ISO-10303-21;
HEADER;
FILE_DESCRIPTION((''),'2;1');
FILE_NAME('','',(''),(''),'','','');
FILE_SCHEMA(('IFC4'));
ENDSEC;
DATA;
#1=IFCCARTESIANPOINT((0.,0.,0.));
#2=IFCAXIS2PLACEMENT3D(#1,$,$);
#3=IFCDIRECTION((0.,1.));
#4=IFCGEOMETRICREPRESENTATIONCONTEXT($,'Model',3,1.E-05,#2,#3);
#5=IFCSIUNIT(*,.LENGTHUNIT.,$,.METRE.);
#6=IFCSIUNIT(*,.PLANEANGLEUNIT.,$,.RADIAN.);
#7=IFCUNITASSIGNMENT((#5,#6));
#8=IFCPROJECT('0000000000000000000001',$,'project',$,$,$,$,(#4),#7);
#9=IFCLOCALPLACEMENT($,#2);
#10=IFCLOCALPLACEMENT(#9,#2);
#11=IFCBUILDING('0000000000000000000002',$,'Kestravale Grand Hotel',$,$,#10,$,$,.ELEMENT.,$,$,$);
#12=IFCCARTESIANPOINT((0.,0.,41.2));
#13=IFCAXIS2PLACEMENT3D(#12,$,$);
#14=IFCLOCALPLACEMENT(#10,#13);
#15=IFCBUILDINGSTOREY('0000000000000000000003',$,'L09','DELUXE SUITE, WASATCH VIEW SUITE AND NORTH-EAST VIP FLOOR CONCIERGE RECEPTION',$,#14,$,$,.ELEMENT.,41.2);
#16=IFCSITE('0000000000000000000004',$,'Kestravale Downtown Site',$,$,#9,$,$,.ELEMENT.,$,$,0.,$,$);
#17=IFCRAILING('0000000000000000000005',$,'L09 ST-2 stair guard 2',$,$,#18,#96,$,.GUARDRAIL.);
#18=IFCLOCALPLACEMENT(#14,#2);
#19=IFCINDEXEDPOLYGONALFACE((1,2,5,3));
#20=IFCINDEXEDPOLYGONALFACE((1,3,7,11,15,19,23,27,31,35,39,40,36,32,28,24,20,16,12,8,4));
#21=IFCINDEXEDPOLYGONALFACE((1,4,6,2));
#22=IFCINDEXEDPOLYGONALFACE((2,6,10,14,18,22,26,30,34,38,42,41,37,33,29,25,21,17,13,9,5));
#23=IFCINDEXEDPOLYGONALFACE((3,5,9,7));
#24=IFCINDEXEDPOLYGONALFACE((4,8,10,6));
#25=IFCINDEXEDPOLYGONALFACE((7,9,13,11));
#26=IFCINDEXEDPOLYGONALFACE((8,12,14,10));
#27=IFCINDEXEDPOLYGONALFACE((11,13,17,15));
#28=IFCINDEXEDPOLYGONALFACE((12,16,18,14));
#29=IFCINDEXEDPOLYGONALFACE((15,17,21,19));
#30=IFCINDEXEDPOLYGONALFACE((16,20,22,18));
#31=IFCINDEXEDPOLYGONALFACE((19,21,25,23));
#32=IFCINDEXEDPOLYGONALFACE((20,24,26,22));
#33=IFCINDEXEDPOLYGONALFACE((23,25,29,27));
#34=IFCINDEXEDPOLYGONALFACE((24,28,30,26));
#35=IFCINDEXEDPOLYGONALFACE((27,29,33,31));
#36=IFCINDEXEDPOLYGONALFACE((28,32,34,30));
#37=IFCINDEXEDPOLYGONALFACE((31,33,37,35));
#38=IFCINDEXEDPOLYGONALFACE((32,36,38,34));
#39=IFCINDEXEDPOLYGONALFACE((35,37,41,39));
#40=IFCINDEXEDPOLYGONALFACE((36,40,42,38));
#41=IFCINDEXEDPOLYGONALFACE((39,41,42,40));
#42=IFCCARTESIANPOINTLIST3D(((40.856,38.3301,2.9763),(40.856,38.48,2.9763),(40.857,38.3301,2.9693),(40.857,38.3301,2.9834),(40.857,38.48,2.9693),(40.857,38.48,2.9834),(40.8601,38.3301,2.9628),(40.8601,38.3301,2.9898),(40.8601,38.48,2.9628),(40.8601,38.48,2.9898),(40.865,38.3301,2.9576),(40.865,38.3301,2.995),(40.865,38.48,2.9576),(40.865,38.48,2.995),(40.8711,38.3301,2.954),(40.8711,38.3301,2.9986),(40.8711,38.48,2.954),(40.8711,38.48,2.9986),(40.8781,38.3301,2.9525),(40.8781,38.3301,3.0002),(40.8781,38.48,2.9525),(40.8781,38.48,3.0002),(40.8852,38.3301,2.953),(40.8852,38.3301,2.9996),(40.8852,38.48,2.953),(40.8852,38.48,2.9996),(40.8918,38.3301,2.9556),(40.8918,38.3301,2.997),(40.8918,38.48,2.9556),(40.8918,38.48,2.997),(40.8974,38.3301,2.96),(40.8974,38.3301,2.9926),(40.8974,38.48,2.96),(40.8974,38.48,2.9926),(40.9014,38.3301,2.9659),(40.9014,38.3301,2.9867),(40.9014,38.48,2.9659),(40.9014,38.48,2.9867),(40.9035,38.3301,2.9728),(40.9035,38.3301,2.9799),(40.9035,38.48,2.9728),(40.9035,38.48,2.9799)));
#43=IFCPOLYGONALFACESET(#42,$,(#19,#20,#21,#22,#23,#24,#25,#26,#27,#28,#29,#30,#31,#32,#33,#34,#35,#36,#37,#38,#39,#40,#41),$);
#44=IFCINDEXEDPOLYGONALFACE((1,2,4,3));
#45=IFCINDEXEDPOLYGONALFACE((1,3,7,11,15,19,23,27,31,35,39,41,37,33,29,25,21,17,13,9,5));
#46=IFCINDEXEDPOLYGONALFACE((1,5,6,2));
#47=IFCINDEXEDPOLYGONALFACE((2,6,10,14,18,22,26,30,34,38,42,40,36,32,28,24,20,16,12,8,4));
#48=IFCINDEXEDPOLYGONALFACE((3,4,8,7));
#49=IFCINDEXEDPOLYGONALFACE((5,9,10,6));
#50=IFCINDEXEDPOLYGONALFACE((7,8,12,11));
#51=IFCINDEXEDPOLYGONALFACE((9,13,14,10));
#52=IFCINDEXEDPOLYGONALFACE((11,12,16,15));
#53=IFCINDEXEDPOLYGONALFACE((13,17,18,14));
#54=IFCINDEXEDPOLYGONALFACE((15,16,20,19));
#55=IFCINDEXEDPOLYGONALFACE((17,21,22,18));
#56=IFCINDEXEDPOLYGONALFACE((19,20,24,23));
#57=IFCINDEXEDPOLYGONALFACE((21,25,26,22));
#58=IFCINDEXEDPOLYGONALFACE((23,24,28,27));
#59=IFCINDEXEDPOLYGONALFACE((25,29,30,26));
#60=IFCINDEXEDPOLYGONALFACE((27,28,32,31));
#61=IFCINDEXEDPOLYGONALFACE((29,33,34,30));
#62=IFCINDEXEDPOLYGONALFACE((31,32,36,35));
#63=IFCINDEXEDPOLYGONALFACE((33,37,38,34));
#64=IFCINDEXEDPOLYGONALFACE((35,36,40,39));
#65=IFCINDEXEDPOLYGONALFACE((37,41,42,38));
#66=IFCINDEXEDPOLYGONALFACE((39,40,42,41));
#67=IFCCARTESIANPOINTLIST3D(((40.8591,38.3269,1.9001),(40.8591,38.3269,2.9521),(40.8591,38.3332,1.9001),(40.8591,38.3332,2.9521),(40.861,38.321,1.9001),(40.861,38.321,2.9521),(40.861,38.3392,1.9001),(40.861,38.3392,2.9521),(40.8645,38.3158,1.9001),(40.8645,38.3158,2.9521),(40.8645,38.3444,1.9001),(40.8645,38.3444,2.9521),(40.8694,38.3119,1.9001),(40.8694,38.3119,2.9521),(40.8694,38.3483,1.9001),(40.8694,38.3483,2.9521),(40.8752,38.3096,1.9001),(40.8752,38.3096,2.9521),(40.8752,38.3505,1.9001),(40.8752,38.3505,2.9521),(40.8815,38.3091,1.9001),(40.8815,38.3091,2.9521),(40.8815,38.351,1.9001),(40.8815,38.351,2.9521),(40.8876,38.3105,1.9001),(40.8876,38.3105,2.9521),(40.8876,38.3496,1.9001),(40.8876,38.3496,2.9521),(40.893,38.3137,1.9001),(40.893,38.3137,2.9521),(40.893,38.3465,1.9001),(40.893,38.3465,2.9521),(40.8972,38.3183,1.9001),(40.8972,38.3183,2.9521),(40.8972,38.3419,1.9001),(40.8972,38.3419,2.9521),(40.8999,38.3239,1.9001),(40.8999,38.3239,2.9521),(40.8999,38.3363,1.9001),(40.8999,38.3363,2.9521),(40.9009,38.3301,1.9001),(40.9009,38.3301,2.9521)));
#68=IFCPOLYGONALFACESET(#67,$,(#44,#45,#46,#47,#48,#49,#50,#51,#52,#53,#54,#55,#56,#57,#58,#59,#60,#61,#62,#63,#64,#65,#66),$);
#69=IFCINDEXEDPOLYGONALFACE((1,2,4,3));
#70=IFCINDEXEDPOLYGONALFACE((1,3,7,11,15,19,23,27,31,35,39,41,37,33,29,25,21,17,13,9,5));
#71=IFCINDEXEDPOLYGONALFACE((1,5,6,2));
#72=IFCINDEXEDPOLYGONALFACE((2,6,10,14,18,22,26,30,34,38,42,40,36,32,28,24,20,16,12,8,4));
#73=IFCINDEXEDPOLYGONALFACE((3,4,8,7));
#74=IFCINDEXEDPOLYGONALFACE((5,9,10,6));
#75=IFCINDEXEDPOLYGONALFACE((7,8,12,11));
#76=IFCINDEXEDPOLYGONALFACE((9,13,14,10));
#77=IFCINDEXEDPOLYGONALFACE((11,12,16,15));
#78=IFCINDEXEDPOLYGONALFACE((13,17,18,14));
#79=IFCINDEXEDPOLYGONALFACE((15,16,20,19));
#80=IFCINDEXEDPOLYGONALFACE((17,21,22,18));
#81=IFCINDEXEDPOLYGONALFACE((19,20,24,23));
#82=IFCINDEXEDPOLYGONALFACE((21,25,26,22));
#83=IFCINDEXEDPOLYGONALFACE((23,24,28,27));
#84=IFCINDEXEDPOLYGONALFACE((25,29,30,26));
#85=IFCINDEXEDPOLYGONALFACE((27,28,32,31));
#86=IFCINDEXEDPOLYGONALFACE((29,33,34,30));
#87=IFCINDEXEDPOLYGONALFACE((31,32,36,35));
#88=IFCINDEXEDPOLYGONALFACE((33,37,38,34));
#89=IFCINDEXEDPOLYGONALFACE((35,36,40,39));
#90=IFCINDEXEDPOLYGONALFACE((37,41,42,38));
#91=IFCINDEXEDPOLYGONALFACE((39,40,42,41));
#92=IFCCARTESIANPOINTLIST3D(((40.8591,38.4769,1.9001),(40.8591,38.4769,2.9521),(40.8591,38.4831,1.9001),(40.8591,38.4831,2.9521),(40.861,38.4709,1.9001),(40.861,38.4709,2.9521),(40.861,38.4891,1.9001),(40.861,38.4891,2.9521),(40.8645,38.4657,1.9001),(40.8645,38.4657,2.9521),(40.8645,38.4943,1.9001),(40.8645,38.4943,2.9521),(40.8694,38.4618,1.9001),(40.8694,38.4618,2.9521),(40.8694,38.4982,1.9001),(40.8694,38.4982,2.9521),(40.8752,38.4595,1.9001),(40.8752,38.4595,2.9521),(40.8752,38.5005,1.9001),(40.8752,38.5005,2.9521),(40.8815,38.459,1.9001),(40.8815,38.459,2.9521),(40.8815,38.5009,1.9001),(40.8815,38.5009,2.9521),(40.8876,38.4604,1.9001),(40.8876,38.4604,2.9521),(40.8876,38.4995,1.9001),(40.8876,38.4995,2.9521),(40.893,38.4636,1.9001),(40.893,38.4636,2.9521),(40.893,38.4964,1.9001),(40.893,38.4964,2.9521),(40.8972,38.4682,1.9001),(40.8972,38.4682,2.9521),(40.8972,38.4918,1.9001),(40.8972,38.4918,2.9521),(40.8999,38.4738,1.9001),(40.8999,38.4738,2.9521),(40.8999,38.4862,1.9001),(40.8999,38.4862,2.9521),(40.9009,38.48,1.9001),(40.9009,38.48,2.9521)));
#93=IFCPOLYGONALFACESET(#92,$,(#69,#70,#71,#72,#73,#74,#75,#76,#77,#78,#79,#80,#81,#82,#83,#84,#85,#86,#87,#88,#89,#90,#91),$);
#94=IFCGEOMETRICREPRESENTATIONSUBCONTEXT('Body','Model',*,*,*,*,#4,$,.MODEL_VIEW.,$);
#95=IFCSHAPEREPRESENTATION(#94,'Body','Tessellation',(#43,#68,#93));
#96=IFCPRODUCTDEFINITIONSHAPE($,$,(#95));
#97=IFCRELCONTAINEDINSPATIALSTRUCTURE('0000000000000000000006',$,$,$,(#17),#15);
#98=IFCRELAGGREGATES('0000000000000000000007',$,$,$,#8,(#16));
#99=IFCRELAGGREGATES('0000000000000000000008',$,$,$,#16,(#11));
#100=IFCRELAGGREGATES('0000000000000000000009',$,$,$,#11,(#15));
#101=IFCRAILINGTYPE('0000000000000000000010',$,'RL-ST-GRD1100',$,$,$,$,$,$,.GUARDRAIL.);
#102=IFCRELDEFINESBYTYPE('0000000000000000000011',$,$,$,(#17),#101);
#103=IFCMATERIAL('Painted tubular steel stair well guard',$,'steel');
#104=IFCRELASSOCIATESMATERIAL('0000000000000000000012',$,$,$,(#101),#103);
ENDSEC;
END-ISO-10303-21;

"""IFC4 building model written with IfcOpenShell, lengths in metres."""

from ifc_helpers import new_model, si_unit, direction, frame, origin, origin_2d, place, context, subcontext, project, spatial, circle, extrude, material, type_object, element, save


model = new_model("IFC4")

# Units and contexts
model_context = context("Model", 3, precision=1e-05, world=origin(), true_north=direction((0.0, 1.0)))
body_context = subcontext(model_context, "Body", "Model", "MODEL_VIEW")
ifc_project = project(units=[si_unit("LENGTHUNIT", "METRE"), si_unit("PLANEANGLEUNIT", "RADIAN")], contexts=[model_context])

# Site, building, storey
site_placement = place(None, origin())
site = spatial("IfcSite", under=ifc_project, at=site_placement, Name="Kestravale Downtown Site", CompositionType="ELEMENT", RefElevation=0.0)
building_placement = place(site_placement, origin())
building = spatial("IfcBuilding", under=site, at=building_placement, Name="Kestravale Grand Hotel", CompositionType="ELEMENT")
storey_placement = place(building_placement, frame((0.0, 0.0, 41.2)))
storey = spatial("IfcBuildingStorey", under=building, at=storey_placement, Name="L09", Description="DELUXE SUITE, WASATCH VIEW SUITE AND NORTH-EAST VIP FLOOR CONCIERGE RECEPTION", CompositionType="ELEMENT", Elevation=41.2)

# Railing
ifc_material_1 = material(Name="Painted tubular steel stair well guard", Category="steel")
railing_type_1 = type_object("IfcRailingType", Name="RL-ST-GRD1100", PredefinedType="GUARDRAIL", material=ifc_material_1)
railing_1_placement = place(storey_placement, frame((40.8799, 38.3301, 1.9001)))
element("IfcRailing", 1, at=railing_1_placement, inside=storey, type_object=railing_type_1, Name="L09 ST-2 stair guard 2", PredefinedType="GUARDRAIL", context=body_context, shape_type="SweptSolid", body=[
    extrude(circle(Radius=0.0239, at=origin_2d()), frame((0.0, 0.0, 1.0762), z_axis=(0.0, 1.0, 0.0), x_axis=(-1.0, 0.0, 0.0)), (0.0, 0.0, 1.0), 0.1499),
    extrude(circle(Radius=0.021, at=origin_2d()), origin(), (0.0, 0.0, 1.0), 1.052),
    extrude(circle(Radius=0.021, at=origin_2d()), frame((0.0, 0.1499, 0.0)), (0.0, 0.0, 1.0), 1.052),
])

save(model, "model.ifc")
